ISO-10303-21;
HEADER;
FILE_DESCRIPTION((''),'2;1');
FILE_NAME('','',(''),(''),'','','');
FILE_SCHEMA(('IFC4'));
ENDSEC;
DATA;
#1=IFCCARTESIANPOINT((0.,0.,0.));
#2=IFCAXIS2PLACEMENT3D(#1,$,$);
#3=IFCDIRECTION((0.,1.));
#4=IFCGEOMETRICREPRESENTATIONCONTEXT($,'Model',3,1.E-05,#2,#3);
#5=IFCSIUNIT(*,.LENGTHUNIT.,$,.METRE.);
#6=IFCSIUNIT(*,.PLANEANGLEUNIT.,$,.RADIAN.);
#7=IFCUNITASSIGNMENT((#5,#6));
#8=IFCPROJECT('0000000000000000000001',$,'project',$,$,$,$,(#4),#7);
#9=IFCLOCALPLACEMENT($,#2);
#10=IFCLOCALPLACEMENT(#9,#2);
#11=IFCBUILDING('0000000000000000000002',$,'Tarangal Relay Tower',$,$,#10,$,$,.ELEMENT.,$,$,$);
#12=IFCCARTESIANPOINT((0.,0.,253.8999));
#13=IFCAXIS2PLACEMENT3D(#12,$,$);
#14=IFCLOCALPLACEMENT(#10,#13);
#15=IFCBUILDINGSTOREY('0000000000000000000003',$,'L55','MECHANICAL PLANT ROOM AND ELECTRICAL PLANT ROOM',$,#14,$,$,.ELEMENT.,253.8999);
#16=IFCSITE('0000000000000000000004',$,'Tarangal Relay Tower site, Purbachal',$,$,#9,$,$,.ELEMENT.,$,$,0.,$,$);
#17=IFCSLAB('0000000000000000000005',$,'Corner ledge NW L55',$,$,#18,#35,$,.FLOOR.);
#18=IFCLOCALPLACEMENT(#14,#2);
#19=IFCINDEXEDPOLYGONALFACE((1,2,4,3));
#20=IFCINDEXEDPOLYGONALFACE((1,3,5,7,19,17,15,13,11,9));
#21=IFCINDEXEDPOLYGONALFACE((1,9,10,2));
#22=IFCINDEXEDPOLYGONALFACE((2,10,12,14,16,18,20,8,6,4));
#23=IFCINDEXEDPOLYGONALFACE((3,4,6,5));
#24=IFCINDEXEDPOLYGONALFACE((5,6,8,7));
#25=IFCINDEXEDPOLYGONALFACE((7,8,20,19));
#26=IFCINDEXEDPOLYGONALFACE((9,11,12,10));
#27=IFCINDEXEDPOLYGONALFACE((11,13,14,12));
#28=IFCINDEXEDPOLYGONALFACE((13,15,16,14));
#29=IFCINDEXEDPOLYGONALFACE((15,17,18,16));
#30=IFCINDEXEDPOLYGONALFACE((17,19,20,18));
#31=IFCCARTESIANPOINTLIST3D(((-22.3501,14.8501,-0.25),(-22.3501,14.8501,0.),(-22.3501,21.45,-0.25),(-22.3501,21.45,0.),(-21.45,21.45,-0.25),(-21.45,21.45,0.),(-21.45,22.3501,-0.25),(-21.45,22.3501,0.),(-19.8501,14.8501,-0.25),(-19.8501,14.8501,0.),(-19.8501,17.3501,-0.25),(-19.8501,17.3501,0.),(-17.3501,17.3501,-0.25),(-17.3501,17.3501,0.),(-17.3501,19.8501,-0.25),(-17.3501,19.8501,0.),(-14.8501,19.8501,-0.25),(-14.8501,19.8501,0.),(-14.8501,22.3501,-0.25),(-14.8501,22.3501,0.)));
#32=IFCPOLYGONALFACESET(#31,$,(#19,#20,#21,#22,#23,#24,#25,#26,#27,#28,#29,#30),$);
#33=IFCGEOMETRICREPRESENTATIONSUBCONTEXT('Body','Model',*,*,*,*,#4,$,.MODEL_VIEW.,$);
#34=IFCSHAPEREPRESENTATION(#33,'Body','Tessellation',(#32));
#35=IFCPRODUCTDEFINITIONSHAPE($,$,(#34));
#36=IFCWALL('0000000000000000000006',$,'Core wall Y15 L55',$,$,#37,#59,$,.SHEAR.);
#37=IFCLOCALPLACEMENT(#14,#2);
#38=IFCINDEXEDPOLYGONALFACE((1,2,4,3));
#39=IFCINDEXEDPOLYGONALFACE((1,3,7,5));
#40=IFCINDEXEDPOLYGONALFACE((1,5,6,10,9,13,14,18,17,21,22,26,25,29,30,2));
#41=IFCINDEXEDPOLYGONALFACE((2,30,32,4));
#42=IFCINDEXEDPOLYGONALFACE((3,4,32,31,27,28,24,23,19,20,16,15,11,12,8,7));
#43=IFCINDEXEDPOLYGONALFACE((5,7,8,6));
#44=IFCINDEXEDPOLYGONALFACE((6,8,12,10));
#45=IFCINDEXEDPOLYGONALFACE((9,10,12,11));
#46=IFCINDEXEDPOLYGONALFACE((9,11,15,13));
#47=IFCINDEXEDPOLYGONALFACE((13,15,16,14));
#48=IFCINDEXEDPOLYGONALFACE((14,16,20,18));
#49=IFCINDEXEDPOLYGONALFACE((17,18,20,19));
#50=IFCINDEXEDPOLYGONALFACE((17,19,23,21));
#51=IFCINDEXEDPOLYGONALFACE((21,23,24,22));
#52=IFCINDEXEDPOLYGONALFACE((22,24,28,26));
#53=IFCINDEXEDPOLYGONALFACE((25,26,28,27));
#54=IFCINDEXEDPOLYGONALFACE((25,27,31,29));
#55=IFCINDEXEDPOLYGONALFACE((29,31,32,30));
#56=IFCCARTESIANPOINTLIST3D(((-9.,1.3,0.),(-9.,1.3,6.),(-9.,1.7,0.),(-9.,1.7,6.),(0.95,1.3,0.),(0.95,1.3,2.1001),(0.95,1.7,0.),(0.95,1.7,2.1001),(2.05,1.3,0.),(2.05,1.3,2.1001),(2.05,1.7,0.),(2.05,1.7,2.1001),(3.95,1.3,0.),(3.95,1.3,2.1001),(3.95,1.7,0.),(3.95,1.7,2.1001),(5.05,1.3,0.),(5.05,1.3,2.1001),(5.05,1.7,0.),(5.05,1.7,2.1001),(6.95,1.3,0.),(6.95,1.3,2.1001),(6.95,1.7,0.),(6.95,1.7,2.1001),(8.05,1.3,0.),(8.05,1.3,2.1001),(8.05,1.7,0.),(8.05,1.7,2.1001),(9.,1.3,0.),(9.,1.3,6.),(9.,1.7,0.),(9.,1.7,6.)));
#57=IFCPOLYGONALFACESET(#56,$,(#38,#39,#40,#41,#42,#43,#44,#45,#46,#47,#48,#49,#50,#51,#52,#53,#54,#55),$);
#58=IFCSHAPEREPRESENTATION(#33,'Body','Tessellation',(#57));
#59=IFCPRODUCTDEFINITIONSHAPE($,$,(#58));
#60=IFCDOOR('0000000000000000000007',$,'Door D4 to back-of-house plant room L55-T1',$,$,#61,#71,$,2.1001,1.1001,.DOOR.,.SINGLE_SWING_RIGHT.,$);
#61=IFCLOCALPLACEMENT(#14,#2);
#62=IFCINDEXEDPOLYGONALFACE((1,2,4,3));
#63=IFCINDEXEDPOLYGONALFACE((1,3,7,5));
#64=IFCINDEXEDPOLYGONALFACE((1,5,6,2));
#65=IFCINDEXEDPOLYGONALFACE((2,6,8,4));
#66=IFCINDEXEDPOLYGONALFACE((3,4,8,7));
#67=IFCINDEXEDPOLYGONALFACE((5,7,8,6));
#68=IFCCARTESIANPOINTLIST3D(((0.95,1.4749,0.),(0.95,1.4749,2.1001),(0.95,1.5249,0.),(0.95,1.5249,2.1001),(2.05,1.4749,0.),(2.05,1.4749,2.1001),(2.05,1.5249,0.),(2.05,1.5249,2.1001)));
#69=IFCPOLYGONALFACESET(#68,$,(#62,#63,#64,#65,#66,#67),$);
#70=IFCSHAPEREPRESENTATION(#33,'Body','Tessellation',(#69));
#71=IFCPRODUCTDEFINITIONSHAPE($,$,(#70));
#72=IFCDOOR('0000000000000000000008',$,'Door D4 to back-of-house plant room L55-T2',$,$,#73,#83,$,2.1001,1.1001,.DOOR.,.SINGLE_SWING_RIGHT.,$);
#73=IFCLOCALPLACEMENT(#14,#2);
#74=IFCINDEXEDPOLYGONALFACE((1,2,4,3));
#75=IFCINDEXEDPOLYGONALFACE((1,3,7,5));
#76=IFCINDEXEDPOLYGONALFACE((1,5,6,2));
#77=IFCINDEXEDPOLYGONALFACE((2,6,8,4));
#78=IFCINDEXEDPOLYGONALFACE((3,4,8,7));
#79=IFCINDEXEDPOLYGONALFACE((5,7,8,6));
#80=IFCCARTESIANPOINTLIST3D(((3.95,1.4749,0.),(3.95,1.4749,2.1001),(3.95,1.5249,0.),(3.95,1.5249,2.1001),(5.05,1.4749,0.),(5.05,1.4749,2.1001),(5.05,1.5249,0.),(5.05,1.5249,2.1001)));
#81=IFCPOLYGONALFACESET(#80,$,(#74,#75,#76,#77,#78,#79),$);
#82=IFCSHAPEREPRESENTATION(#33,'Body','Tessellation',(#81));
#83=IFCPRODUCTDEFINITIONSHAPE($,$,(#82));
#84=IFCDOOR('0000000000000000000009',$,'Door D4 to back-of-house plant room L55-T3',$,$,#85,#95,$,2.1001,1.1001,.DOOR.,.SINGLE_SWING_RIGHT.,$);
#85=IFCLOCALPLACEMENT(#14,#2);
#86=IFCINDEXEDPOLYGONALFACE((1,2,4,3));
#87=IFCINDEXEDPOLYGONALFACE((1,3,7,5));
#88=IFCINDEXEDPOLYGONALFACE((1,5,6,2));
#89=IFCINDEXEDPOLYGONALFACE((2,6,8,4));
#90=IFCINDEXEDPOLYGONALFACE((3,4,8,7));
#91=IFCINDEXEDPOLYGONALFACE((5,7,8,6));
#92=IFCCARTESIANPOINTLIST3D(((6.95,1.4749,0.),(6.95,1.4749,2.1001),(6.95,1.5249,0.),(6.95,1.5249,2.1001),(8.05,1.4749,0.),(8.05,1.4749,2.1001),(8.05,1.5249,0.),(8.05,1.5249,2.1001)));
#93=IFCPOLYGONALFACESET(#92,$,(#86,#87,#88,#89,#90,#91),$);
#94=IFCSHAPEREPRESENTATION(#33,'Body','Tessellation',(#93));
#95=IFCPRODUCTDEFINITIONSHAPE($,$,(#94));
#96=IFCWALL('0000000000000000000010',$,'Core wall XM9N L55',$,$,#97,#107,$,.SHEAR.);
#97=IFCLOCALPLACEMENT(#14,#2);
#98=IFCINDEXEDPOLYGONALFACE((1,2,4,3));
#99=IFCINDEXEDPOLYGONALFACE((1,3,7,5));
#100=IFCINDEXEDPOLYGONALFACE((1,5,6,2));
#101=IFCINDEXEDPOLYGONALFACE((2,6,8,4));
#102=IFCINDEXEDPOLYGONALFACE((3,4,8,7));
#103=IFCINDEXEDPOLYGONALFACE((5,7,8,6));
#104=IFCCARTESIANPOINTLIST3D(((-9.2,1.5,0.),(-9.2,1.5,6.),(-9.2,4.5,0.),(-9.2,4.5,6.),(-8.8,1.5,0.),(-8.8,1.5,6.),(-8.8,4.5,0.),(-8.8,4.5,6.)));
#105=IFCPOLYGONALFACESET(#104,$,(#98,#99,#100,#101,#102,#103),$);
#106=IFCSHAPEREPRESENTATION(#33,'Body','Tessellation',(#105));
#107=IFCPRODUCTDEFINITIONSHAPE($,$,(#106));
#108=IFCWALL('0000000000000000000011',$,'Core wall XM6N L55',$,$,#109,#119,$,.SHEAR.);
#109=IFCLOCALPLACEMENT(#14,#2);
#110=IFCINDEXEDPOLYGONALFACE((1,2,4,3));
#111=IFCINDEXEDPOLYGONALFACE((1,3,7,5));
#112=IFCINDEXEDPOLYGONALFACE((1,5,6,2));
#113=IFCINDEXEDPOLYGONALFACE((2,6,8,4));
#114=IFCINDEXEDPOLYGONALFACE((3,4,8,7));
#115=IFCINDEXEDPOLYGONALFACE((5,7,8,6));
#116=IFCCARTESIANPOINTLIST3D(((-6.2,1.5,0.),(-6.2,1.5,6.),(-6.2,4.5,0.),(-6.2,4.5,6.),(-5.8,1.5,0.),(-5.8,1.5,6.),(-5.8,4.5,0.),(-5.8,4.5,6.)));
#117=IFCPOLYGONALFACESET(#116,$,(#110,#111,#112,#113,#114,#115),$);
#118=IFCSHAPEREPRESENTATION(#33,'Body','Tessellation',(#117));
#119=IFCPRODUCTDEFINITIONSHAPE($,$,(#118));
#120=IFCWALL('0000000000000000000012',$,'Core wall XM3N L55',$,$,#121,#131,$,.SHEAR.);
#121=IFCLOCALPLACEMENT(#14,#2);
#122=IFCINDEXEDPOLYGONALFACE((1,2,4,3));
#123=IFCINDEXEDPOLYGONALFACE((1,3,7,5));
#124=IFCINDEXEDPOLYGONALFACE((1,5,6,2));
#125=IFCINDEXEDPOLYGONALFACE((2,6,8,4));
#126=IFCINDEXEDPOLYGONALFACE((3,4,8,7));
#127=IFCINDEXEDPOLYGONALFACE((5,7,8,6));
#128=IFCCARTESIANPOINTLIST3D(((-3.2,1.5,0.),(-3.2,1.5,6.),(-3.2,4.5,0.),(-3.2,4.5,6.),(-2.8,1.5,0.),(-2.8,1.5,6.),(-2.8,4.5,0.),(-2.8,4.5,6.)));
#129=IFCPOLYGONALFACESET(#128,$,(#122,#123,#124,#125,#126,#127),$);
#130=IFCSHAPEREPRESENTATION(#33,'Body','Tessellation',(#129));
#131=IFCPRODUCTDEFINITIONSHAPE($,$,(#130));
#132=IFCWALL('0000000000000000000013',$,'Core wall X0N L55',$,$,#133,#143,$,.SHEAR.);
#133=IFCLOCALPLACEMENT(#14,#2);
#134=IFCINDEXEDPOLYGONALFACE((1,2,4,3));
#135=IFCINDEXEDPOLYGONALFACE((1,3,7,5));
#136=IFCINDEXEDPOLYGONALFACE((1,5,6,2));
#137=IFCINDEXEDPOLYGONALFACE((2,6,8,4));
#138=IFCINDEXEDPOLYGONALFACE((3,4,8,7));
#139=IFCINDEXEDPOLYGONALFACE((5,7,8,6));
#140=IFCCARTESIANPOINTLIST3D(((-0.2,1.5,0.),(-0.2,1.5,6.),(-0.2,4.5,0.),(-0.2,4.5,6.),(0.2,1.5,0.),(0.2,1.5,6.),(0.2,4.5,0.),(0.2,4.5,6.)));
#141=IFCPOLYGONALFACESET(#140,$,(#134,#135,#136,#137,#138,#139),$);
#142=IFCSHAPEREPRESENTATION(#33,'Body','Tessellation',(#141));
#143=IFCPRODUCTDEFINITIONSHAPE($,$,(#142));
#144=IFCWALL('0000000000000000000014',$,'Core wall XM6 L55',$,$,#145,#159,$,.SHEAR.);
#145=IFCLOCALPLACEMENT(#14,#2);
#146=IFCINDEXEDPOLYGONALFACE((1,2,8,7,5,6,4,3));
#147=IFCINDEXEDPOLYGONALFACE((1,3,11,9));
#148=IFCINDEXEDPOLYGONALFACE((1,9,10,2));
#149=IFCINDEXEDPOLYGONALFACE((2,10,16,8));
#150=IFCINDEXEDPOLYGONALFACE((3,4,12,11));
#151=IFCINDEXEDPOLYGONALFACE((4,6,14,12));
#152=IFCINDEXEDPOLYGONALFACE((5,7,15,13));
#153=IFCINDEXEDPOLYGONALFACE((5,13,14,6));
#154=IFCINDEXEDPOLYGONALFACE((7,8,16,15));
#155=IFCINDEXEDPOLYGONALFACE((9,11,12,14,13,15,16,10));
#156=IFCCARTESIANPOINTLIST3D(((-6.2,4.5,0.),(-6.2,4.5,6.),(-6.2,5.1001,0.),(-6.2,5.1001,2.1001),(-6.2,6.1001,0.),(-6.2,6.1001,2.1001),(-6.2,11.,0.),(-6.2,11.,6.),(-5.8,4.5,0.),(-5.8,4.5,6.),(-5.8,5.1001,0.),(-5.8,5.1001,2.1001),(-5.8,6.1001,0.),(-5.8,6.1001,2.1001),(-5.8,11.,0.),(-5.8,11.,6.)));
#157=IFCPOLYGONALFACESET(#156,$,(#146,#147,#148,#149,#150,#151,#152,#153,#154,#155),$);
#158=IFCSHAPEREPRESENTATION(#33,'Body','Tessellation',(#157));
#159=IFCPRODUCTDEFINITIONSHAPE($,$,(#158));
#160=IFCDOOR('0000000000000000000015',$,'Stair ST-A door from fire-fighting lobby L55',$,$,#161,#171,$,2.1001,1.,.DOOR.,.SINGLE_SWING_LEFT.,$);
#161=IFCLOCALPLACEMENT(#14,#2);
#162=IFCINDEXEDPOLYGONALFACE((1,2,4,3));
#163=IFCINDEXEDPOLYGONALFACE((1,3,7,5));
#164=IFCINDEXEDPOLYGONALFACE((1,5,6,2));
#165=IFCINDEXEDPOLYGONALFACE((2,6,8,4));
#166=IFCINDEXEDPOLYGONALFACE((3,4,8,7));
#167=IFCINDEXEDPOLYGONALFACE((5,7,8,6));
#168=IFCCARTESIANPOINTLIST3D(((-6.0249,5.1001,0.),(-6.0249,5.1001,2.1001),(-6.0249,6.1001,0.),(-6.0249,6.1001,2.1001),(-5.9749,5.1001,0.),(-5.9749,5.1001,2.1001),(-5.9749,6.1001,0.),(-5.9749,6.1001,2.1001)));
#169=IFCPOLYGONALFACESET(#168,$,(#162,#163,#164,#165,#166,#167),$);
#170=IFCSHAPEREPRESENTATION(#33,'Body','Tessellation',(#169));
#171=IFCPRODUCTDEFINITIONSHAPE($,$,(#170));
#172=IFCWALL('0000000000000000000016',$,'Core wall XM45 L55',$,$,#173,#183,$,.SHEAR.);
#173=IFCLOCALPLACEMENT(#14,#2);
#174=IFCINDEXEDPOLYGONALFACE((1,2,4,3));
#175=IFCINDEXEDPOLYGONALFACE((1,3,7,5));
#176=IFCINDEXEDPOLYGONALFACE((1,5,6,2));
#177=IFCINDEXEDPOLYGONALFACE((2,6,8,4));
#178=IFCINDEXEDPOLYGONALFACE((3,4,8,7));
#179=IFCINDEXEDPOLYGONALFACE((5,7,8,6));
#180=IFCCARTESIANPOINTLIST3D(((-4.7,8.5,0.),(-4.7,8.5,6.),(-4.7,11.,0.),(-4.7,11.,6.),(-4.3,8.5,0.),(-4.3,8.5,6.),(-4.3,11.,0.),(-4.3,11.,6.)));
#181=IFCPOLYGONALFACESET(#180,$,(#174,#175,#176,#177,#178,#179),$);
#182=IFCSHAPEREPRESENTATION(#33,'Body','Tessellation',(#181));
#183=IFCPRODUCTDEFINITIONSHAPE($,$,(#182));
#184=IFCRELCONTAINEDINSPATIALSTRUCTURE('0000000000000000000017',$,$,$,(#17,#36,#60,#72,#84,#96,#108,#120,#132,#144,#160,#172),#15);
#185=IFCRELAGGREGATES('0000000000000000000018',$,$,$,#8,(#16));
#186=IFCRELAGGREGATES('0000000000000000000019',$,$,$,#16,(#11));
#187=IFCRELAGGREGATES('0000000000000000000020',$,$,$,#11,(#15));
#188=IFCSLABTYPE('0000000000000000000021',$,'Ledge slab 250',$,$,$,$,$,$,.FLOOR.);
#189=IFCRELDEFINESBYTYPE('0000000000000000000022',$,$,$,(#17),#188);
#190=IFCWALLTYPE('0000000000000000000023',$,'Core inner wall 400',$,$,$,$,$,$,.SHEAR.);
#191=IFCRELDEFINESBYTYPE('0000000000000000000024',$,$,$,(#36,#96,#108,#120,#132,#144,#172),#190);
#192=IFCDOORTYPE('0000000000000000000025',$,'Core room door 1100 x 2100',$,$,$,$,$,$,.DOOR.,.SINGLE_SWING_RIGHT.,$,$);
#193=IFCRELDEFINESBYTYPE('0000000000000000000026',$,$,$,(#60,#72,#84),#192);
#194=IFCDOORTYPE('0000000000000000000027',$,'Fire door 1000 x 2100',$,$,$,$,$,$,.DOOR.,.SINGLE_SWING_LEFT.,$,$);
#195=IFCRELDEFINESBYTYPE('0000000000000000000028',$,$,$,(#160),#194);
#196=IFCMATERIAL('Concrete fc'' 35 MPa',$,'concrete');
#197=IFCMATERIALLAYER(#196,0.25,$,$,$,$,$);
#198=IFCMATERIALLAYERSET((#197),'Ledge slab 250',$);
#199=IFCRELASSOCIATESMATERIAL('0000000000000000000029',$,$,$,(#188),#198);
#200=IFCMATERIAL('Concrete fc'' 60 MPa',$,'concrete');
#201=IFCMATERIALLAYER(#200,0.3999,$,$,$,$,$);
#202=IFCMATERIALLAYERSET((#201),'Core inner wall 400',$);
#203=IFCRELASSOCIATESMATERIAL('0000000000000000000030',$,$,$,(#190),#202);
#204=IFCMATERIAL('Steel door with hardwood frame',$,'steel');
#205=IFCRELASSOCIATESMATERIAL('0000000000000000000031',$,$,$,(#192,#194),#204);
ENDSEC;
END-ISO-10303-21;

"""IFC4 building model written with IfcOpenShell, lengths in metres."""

from ifc_helpers import new_model, si_unit, direction, frame, frame_2d, origin, place, context, subcontext, project, spatial, polyline, rectangle, outline, extrude, material, layer, layer_set, type_object, element, fill, save


model = new_model("IFC4")

# Units and contexts
model_context = context("Model", 3, precision=1e-05, world=origin(), true_north=direction((0.0, 1.0)))
body_context = subcontext(model_context, "Body", "Model", "MODEL_VIEW")
ifc_project = project(units=[si_unit("LENGTHUNIT", "METRE"), si_unit("PLANEANGLEUNIT", "RADIAN")], contexts=[model_context])

# Site, building, storey
site_placement = place(None, origin())
site = spatial("IfcSite", under=ifc_project, at=site_placement, Name="Tarangal Relay Tower site, Purbachal", CompositionType="ELEMENT", RefElevation=0.0)
building_placement = place(site_placement, origin())
building = spatial("IfcBuilding", under=site, at=building_placement, Name="Tarangal Relay Tower", CompositionType="ELEMENT")
storey_placement = place(building_placement, frame((0.0, 0.0, 253.8999)))
storey = spatial("IfcBuildingStorey", under=building, at=storey_placement, Name="L55", Description="MECHANICAL PLANT ROOM AND ELECTRICAL PLANT ROOM", CompositionType="ELEMENT", Elevation=253.8999)

# Slab
ifc_material_1 = material(Name="Concrete fc' 35 MPa", Category="concrete")
ifc_layer_1 = layer(ifc_material_1, 0.25)
ifc_layer_set_1 = layer_set([ifc_layer_1], Name="Ledge slab 250")
slab_type_1 = type_object("IfcSlabType", Name="Ledge slab 250", PredefinedType="FLOOR", material=ifc_layer_set_1)
slab_1_placement = place(storey_placement, frame((0.0, 0.0, -0.25)))
element("IfcSlab", 1, at=slab_1_placement, inside=storey, type_object=slab_type_1, Name="Corner ledge NW L55", PredefinedType="FLOOR", context=body_context, shape_type="SweptSolid", body=[
    extrude(outline(polyline([(-22.3501, 14.8501), (-19.8501, 14.8501), (-19.8501, 17.3501), (-17.3501, 17.3501), (-17.3501, 19.8501), (-14.8501, 19.8501), (-14.8501, 22.3501), (-21.45, 22.3501), (-21.45, 21.45), (-22.3501, 21.45), (-22.3501, 14.8501)])), origin(), (0.0, 0.0, 1.0), 0.25),
])

# Wall, openings, doors
ifc_material_2 = material(Name="Concrete fc' 60 MPa", Category="concrete")
ifc_layer_2 = layer(ifc_material_2, 0.3999)
ifc_layer_set_2 = layer_set([ifc_layer_2], Name="Core inner wall 400")
wall_type_1 = type_object("IfcWallType", Name="Core inner wall 400", PredefinedType="SHEAR", material=ifc_layer_set_2)
wall_1_placement = place(storey_placement, frame((-9.0, 1.5, 0.0), z_axis=(0.0, 0.0, 1.0), x_axis=(1.0, 0.0, 0.0)))
wall_1 = element("IfcWall", 2, at=wall_1_placement, inside=storey, type_object=wall_type_1, Name="Core wall Y15 L55", PredefinedType="SHEAR", context=body_context, shape_type="SweptSolid", body=[
    extrude(rectangle(XDim=18.0, YDim=0.3999, at=frame_2d((9.0, 0.0))), origin(), (0.0, 0.0, 1.0), 6.0),
])
opening_1_placement = place(wall_1_placement, frame((9.95, 0.0, 0.0)))
opening_1 = element("IfcOpeningElement", 3, at=opening_1_placement, cuts=wall_1, PredefinedType="OPENING", context=body_context, shape_type="SweptSolid", body=[
    extrude(rectangle(XDim=1.1001, YDim=2.1001, at=frame_2d((0.55, 1.05))), frame((0.0, 0.21, 0.0), z_axis=(0.0, -1.0, 0.0), x_axis=(1.0, 0.0, 0.0)), (0.0, 0.0, 1.0), 0.4199),
])
opening_2_placement = place(wall_1_placement, frame((12.95, 0.0, 0.0)))
opening_2 = element("IfcOpeningElement", 4, at=opening_2_placement, cuts=wall_1, PredefinedType="OPENING", context=body_context, shape_type="SweptSolid", body=[
    extrude(rectangle(XDim=1.1001, YDim=2.1001, at=frame_2d((0.55, 1.05))), frame((0.0, 0.21, 0.0), z_axis=(0.0, -1.0, 0.0), x_axis=(1.0, 0.0, 0.0)), (0.0, 0.0, 1.0), 0.4199),
])
opening_3_placement = place(wall_1_placement, frame((15.95, 0.0, 0.0)))
opening_3 = element("IfcOpeningElement", 5, at=opening_3_placement, cuts=wall_1, PredefinedType="OPENING", context=body_context, shape_type="SweptSolid", body=[
    extrude(rectangle(XDim=1.1001, YDim=2.1001, at=frame_2d((0.55, 1.05))), frame((0.0, 0.21, 0.0), z_axis=(0.0, -1.0, 0.0), x_axis=(1.0, 0.0, 0.0)), (0.0, 0.0, 1.0), 0.4199),
])
ifc_material_3 = material(Name="Steel door with hardwood frame", Category="steel")
door_type_1 = type_object("IfcDoorType", Name="Core room door 1100 x 2100", OperationType="SINGLE_SWING_RIGHT", PredefinedType="DOOR", material=ifc_material_3)
door_1_placement = place(opening_1_placement, origin())
door_1 = element("IfcDoor", 6, at=door_1_placement, inside=storey, type_object=door_type_1, Name="Door D4 to back-of-house plant room L55-T1", OperationType="SINGLE_SWING_RIGHT", OverallHeight=2.1001, OverallWidth=1.1001, PredefinedType="DOOR", context=body_context, shape_type="SweptSolid", body=[
    extrude(rectangle(XDim=1.1001, YDim=2.1001, at=frame_2d((0.55, 1.05))), frame((0.0, 0.0249, 0.0), z_axis=(0.0, -1.0, 0.0), x_axis=(1.0, 0.0, 0.0)), (0.0, 0.0, 1.0), 0.05),
])
fill(opening_1, door_1)
door_2_placement = place(opening_2_placement, origin())
door_2 = element("IfcDoor", 7, at=door_2_placement, inside=storey, type_object=door_type_1, Name="Door D4 to back-of-house plant room L55-T2", OperationType="SINGLE_SWING_RIGHT", OverallHeight=2.1001, OverallWidth=1.1001, PredefinedType="DOOR", context=body_context, shape_type="SweptSolid", body=[
    extrude(rectangle(XDim=1.1001, YDim=2.1001, at=frame_2d((0.55, 1.05))), frame((0.0, 0.0249, 0.0), z_axis=(0.0, -1.0, 0.0), x_axis=(1.0, 0.0, 0.0)), (0.0, 0.0, 1.0), 0.05),
])
fill(opening_2, door_2)
door_3_placement = place(opening_3_placement, origin())
door_3 = element("IfcDoor", 8, at=door_3_placement, inside=storey, type_object=door_type_1, Name="Door D4 to back-of-house plant room L55-T3", OperationType="SINGLE_SWING_RIGHT", OverallHeight=2.1001, OverallWidth=1.1001, PredefinedType="DOOR", context=body_context, shape_type="SweptSolid", body=[
    extrude(rectangle(XDim=1.1001, YDim=2.1001, at=frame_2d((0.55, 1.05))), frame((0.0, 0.0249, 0.0), z_axis=(0.0, -1.0, 0.0), x_axis=(1.0, 0.0, 0.0)), (0.0, 0.0, 1.0), 0.05),
])
fill(opening_3, door_3)

# Walls
for number, where, z_axis, x_axis, name in (
    (9, (-9.0, 1.5, 0.0), (0.0, 0.0, 1.0), (0.0, 1.0, 0.0), "Core wall XM9N L55"),
    (10, (-6.0, 1.5, 0.0), (0.0, 0.0, 1.0), (0.0, 1.0, 0.0), "Core wall XM6N L55"),
    (11, (-3.0, 1.5, 0.0), (0.0, 0.0, 1.0), (0.0, 1.0, 0.0), "Core wall XM3N L55"),
    (12, (0.0, 1.5, 0.0), (0.0, 0.0, 1.0), (0.0, 1.0, 0.0), "Core wall X0N L55"),
):
    element("IfcWall", number, at=place(storey_placement, frame(where, z_axis=z_axis, x_axis=x_axis)), inside=storey, type_object=wall_type_1, Name=name, PredefinedType="SHEAR", context=body_context, shape_type="SweptSolid", body=[
        extrude(rectangle(XDim=3.0, YDim=0.3999, at=frame_2d((1.5, 0.0))), origin(), (0.0, 0.0, 1.0), 6.0),
    ])

# Wall, opening, door
wall_2_placement = place(storey_placement, frame((-6.0, 4.5, 0.0), z_axis=(0.0, 0.0, 1.0), x_axis=(0.0, 1.0, 0.0)))
wall_2 = element("IfcWall", 13, at=wall_2_placement, inside=storey, type_object=wall_type_1, Name="Core wall XM6 L55", PredefinedType="SHEAR", context=body_context, shape_type="SweptSolid", body=[
    extrude(rectangle(XDim=6.5, YDim=0.3999, at=frame_2d((3.25, 0.0))), origin(), (0.0, 0.0, 1.0), 6.0),
])
opening_4_placement = place(wall_2_placement, frame((0.6001, 0.0, 0.0)))
opening_4 = element("IfcOpeningElement", 14, at=opening_4_placement, cuts=wall_2, PredefinedType="OPENING", context=body_context, shape_type="SweptSolid", body=[
    extrude(rectangle(XDim=1.0, YDim=2.1001, at=frame_2d((0.5, 1.05))), frame((0.0, 0.21, 0.0), z_axis=(0.0, -1.0, 0.0), x_axis=(1.0, 0.0, 0.0)), (0.0, 0.0, 1.0), 0.4199),
])
door_type_2 = type_object("IfcDoorType", Name="Fire door 1000 x 2100", OperationType="SINGLE_SWING_LEFT", PredefinedType="DOOR", material=ifc_material_3)
door_4_placement = place(opening_4_placement, origin())
door_4 = element("IfcDoor", 15, at=door_4_placement, inside=storey, type_object=door_type_2, Name="Stair ST-A door from fire-fighting lobby L55", OperationType="SINGLE_SWING_LEFT", OverallHeight=2.1001, OverallWidth=1.0, PredefinedType="DOOR", context=body_context, shape_type="SweptSolid", body=[
    extrude(rectangle(XDim=1.0, YDim=2.1001, at=frame_2d((0.5, 1.05))), frame((0.0, 0.0249, 0.0), z_axis=(0.0, -1.0, 0.0), x_axis=(1.0, 0.0, 0.0)), (0.0, 0.0, 1.0), 0.05),
])
fill(opening_4, door_4)

# Wall
for number, where, z_axis, x_axis, name in (
    (16, (-4.5, 8.5, 0.0), (0.0, 0.0, 1.0), (0.0, 1.0, 0.0), "Core wall XM45 L55"),
):
    element("IfcWall", number, at=place(storey_placement, frame(where, z_axis=z_axis, x_axis=x_axis)), inside=storey, type_object=wall_type_1, Name=name, PredefinedType="SHEAR", context=body_context, shape_type="SweptSolid", body=[
        extrude(rectangle(XDim=2.5, YDim=0.3999, at=frame_2d((1.25, 0.0))), origin(), (0.0, 0.0, 1.0), 6.0),
    ])

save(model, "model.ifc")
